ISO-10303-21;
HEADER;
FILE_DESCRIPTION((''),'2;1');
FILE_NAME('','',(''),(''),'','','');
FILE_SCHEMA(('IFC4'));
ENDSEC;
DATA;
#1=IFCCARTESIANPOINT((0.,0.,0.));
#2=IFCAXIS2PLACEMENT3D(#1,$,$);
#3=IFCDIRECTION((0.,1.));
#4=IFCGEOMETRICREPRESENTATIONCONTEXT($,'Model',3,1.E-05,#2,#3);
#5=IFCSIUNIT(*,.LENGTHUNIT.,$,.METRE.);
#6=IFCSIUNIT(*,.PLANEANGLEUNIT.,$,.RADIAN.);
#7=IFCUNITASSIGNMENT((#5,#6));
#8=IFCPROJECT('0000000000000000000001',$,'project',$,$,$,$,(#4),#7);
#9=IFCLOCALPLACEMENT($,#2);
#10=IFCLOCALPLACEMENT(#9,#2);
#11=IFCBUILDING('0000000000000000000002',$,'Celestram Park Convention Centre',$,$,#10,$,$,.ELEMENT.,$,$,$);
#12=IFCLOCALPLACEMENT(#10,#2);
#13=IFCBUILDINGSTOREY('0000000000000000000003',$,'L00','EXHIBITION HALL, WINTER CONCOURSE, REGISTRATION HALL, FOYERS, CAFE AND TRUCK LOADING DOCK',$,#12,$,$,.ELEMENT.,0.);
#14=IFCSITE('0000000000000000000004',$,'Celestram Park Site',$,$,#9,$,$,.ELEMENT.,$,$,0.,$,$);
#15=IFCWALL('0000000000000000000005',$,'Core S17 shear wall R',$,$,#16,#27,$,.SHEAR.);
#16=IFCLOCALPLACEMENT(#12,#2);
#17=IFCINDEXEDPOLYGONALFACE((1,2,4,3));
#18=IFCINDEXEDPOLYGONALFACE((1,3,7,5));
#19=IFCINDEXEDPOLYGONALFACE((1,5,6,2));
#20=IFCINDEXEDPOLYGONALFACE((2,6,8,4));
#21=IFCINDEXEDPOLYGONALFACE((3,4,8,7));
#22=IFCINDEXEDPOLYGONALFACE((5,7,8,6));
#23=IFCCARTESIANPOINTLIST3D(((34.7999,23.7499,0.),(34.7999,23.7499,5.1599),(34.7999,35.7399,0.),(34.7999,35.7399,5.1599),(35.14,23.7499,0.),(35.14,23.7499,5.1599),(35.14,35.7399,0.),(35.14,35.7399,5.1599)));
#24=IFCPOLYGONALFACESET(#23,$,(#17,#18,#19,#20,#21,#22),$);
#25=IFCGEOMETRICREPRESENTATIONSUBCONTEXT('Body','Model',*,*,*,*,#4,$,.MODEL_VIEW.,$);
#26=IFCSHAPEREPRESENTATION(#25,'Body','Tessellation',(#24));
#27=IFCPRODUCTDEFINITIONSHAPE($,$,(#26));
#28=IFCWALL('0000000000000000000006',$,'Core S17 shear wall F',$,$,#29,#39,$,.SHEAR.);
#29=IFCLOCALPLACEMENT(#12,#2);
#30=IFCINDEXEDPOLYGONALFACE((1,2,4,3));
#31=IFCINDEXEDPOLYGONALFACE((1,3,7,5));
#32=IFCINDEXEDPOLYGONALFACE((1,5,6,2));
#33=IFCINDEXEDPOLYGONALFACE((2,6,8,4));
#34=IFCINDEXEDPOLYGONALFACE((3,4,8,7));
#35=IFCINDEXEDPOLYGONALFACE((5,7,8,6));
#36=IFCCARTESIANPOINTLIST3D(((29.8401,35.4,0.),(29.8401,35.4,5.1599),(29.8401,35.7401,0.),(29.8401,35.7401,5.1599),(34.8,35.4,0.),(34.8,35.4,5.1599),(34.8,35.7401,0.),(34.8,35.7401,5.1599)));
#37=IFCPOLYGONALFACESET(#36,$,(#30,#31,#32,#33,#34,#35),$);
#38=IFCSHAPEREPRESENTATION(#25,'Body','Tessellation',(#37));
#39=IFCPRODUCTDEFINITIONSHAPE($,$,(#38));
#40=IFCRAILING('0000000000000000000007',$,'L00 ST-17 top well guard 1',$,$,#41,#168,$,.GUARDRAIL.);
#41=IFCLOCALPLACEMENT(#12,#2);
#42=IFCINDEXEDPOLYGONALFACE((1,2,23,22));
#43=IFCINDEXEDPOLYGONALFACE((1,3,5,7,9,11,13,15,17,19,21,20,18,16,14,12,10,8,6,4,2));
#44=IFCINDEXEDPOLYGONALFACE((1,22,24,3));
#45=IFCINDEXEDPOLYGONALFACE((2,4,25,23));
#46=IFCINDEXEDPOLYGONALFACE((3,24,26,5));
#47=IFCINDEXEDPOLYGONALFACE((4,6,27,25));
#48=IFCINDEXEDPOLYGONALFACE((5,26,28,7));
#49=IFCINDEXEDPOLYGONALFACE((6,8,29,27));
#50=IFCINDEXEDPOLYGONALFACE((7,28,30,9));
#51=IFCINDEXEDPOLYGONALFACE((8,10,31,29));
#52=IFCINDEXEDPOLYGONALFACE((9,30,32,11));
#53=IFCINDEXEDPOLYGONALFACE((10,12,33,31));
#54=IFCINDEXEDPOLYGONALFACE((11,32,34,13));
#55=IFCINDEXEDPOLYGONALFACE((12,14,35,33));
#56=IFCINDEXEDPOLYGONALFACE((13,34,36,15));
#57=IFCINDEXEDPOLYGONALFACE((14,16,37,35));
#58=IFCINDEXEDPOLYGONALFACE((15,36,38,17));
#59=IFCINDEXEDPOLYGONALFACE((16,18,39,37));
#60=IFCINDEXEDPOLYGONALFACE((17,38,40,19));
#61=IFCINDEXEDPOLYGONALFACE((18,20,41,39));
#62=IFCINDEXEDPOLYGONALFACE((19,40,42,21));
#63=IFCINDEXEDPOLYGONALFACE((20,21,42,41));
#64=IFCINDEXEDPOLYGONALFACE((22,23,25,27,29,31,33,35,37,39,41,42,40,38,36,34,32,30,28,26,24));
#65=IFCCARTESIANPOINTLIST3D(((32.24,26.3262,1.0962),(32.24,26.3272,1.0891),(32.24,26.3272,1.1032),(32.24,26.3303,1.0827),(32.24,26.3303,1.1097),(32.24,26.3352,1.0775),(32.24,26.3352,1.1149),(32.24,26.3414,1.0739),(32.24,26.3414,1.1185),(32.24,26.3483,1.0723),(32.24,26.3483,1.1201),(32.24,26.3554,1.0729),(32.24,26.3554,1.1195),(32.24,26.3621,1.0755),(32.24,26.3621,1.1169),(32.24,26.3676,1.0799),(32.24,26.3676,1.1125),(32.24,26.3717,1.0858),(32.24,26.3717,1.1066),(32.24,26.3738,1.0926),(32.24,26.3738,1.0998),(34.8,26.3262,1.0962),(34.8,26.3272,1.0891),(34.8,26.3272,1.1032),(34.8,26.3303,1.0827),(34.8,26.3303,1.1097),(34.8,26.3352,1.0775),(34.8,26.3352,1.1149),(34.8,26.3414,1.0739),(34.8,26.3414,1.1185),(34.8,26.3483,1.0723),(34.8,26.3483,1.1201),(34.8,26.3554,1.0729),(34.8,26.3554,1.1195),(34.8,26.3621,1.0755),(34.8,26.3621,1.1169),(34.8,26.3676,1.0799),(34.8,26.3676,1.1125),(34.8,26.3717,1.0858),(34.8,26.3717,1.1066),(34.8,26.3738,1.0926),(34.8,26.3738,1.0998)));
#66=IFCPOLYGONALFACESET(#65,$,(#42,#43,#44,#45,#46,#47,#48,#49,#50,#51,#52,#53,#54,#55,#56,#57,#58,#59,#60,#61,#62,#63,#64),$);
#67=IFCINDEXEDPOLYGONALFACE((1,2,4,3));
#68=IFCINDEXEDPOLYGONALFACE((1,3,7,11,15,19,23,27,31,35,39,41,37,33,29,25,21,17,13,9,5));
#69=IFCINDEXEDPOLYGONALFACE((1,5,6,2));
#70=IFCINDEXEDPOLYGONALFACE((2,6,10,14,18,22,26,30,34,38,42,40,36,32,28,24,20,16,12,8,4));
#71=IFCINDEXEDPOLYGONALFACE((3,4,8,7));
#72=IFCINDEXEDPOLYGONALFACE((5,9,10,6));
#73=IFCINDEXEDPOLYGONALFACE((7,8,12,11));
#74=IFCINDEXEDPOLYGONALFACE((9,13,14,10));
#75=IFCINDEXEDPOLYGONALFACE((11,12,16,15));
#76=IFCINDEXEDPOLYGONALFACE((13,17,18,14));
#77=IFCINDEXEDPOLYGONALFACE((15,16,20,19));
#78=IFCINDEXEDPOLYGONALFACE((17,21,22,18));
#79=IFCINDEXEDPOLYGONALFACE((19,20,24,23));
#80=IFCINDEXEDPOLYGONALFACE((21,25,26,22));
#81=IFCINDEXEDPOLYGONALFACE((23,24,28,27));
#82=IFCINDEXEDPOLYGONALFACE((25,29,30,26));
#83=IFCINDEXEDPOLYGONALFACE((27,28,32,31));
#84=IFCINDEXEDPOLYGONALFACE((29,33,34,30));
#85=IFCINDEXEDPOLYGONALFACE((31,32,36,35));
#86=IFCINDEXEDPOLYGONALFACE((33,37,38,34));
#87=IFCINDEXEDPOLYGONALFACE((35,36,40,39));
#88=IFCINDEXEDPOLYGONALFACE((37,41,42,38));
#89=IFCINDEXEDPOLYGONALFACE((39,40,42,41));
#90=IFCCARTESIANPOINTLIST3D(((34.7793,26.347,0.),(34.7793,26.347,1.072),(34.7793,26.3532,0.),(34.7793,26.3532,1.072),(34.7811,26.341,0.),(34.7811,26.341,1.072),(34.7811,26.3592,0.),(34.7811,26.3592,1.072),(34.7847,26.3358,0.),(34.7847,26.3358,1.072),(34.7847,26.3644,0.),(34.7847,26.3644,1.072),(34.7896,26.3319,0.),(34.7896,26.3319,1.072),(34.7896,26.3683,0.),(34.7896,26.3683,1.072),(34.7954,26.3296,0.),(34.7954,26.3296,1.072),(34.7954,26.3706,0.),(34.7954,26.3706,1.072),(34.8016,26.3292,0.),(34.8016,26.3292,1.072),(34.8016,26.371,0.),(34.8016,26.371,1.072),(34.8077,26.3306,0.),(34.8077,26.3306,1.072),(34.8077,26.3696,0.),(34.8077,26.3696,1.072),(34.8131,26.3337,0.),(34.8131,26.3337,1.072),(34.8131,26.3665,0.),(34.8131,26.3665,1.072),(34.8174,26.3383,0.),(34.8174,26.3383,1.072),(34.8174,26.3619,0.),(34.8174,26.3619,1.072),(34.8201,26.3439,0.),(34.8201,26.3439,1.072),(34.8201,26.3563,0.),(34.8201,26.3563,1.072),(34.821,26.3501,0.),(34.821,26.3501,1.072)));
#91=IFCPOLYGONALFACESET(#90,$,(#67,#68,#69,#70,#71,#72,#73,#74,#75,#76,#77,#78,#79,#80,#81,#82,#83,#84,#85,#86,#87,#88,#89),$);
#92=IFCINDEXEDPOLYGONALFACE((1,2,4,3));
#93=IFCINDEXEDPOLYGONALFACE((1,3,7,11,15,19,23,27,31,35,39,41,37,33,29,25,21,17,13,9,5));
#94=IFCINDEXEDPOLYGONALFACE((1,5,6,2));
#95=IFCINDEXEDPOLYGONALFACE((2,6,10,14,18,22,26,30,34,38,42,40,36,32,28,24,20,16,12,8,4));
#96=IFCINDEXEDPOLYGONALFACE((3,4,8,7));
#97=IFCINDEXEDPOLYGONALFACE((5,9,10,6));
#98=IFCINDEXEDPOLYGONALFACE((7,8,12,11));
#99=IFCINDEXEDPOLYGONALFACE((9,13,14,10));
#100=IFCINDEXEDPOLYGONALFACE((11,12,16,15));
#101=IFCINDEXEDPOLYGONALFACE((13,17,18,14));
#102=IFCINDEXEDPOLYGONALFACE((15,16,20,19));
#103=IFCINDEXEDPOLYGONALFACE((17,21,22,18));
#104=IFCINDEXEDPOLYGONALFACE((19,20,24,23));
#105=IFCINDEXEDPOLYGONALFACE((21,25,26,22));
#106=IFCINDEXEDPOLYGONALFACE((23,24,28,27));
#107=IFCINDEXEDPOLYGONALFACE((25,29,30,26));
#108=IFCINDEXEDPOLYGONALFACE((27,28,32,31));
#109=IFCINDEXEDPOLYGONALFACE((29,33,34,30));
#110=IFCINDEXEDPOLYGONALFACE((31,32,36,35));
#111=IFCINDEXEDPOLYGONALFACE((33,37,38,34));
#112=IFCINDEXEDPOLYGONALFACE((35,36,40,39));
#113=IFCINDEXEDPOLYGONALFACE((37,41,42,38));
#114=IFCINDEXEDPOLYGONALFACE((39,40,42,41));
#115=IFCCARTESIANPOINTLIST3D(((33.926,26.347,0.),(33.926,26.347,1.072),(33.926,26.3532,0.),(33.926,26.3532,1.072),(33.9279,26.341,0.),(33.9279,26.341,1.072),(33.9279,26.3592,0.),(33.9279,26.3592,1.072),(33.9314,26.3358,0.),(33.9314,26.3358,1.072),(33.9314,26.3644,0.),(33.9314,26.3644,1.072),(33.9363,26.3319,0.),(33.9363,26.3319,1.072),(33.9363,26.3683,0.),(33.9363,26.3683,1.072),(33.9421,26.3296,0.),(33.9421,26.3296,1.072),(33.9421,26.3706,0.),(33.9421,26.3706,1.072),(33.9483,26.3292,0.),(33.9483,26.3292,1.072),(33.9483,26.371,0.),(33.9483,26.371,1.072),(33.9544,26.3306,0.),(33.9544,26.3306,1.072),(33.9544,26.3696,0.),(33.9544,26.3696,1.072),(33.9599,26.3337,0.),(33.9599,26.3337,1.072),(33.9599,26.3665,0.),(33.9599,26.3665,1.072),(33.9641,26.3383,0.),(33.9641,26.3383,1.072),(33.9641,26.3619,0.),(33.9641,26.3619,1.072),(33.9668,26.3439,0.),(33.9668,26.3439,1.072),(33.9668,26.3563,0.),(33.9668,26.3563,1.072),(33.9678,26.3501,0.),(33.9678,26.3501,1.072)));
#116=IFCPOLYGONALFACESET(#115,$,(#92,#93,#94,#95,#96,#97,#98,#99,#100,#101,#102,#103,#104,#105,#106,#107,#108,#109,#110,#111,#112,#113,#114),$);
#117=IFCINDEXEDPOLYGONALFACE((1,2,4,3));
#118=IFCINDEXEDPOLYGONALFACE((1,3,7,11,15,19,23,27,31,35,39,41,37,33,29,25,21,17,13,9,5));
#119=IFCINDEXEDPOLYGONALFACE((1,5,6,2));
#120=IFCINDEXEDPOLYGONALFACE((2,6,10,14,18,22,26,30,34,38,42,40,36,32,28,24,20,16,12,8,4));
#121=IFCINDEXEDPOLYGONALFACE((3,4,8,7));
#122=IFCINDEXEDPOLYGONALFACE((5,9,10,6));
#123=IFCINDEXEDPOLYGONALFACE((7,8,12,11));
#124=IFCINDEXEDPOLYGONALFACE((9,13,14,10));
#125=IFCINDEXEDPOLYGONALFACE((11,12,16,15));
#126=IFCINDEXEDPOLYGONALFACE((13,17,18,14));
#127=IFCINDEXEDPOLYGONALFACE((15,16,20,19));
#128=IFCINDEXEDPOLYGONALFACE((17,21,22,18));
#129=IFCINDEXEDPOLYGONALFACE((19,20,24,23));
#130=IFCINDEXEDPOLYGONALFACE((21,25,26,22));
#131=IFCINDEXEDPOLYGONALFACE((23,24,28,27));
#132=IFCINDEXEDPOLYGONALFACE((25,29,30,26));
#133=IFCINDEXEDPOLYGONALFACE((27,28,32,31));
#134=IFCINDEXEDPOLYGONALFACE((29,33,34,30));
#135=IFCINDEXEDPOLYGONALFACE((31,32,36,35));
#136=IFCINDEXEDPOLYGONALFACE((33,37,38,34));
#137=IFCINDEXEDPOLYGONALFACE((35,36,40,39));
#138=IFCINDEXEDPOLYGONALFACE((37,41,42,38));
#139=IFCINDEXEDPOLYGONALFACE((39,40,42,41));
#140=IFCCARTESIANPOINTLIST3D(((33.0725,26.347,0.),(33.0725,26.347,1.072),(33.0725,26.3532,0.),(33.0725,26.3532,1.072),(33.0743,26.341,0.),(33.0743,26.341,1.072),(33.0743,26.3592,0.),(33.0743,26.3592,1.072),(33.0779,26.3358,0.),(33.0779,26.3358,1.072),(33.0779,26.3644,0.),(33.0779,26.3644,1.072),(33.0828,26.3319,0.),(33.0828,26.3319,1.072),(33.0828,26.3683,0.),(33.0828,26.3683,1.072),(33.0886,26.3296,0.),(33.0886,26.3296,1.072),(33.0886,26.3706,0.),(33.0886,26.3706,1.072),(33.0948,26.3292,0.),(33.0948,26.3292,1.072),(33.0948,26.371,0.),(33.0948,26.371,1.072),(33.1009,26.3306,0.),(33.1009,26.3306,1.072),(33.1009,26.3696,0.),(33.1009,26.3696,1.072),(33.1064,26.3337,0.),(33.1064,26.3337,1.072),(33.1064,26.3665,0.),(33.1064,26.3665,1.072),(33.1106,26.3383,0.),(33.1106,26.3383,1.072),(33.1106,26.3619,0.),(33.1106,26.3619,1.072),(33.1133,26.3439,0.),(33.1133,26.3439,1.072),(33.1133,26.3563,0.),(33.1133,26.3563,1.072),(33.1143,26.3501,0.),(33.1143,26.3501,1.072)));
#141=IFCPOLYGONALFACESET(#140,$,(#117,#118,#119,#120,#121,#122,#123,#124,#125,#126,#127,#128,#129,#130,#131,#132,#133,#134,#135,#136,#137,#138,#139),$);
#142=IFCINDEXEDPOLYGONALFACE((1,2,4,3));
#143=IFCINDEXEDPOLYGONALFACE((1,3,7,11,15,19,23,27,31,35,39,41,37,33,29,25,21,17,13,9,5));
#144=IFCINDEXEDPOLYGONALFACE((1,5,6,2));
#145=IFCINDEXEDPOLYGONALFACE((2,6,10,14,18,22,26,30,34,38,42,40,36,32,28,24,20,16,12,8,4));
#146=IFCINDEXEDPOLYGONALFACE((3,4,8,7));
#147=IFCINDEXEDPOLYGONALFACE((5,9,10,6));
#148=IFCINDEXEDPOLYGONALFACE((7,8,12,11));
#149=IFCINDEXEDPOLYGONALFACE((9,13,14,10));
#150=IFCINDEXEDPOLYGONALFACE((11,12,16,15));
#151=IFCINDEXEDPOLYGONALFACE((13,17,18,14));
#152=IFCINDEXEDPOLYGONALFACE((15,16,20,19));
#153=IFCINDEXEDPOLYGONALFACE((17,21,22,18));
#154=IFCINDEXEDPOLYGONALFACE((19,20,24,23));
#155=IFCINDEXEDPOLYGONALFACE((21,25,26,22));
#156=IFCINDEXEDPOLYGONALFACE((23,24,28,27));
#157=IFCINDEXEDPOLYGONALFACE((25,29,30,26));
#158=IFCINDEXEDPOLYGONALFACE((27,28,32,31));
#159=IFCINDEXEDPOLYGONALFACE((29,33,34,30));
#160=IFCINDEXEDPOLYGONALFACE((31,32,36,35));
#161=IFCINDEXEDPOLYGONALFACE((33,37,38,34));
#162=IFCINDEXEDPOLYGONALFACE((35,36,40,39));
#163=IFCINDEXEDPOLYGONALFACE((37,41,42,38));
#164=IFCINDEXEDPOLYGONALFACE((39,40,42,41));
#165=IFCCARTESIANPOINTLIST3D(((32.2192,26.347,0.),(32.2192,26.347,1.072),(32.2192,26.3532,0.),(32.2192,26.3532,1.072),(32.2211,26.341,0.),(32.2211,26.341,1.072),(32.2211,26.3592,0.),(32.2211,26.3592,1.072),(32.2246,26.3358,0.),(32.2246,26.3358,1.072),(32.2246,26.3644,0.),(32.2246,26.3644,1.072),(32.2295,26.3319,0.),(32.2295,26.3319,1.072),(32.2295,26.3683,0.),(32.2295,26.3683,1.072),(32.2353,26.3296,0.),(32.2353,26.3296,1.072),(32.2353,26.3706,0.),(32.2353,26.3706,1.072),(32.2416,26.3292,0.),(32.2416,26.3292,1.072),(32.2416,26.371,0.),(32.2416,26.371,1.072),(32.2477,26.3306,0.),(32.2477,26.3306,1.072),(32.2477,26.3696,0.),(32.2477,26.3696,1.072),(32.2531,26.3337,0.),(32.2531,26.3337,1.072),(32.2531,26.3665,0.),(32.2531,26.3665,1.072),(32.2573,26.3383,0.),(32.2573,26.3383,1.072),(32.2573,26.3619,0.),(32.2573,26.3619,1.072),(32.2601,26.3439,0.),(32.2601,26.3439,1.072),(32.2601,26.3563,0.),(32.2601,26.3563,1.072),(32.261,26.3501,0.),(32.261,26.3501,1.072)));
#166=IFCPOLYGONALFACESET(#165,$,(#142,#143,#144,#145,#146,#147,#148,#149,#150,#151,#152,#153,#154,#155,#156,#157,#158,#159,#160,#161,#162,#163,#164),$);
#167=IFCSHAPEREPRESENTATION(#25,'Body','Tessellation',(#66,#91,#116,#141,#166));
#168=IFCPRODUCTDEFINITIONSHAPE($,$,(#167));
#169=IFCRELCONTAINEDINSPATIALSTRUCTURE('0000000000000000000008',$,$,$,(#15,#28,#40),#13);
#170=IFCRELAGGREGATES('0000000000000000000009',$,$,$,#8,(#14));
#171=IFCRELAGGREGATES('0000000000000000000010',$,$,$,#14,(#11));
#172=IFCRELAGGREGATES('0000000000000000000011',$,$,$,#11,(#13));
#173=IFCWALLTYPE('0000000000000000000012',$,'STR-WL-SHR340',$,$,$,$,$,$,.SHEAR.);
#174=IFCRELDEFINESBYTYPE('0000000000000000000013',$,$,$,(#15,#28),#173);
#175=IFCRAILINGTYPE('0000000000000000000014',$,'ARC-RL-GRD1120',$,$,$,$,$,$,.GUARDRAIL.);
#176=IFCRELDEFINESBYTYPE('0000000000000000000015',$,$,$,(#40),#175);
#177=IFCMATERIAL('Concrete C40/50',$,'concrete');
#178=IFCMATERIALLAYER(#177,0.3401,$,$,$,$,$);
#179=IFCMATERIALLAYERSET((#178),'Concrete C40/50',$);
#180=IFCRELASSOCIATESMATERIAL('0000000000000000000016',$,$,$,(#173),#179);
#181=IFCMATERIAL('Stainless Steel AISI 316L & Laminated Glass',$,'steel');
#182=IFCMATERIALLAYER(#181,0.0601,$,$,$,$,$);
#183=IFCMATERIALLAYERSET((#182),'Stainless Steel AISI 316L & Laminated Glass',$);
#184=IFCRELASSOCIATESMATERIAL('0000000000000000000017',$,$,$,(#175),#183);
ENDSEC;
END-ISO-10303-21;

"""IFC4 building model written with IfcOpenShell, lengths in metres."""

from ifc_helpers import new_model, si_unit, direction, frame, frame_2d, origin, origin_2d, place, context, subcontext, project, spatial, rectangle, circle, extrude, material, layer, layer_set, type_object, element, save


model = new_model("IFC4")

# Units and contexts
model_context = context("Model", 3, precision=1e-05, world=origin(), true_north=direction((0.0, 1.0)))
body_context = subcontext(model_context, "Body", "Model", "MODEL_VIEW")
ifc_project = project(units=[si_unit("LENGTHUNIT", "METRE"), si_unit("PLANEANGLEUNIT", "RADIAN")], contexts=[model_context])

# Site, building, storey
site_placement = place(None, origin())
site = spatial("IfcSite", under=ifc_project, at=site_placement, Name="Celestram Park Site", CompositionType="ELEMENT", RefElevation=0.0)
building_placement = place(site_placement, origin())
building = spatial("IfcBuilding", under=site, at=building_placement, Name="Celestram Park Convention Centre", CompositionType="ELEMENT")
storey_placement = place(building_placement, origin())
storey = spatial("IfcBuildingStorey", under=building, at=storey_placement, Name="L00", Description="EXHIBITION HALL, WINTER CONCOURSE, REGISTRATION HALL, FOYERS, CAFE AND TRUCK LOADING DOCK", CompositionType="ELEMENT", Elevation=0.0)

# Shared definitions
ifc_material_1 = material(Name="Concrete C40/50", Category="concrete")

# Walls
ifc_layer_1 = layer(ifc_material_1, 0.3401)
ifc_layer_set_1 = layer_set([ifc_layer_1], Name="Concrete C40/50")
wall_type_1 = type_object("IfcWallType", Name="STR-WL-SHR340", PredefinedType="SHEAR", material=ifc_layer_set_1)
for number, where, z_axis, x_axis, name in (
    (1, (34.97, 35.74, 0.0), (0.0, 0.0, 1.0), (0.0, -1.0, 0.0), "Core S17 shear wall R"),
):
    element("IfcWall", number, at=place(storey_placement, frame(where, z_axis=z_axis, x_axis=x_axis)), inside=storey, type_object=wall_type_1, Name=name, PredefinedType="SHEAR", context=body_context, shape_type="SweptSolid", body=[
        extrude(rectangle(XDim=11.99, YDim=0.3401, at=frame_2d((5.9951, 0.0))), origin(), (0.0, 0.0, 1.0), 5.1599),
    ])
wall_1_placement = place(storey_placement, frame((29.8401, 35.5701, 0.0), z_axis=(0.0, 0.0, 1.0), x_axis=(1.0, 0.0, 0.0)))
element("IfcWall", 2, at=wall_1_placement, inside=storey, type_object=wall_type_1, Name="Core S17 shear wall F", PredefinedType="SHEAR", context=body_context, shape_type="SweptSolid", body=[
    extrude(rectangle(XDim=4.96, YDim=0.3401, at=frame_2d((2.48, 0.0))), origin(), (0.0, 0.0, 1.0), 5.1599),
])

# Railing
ifc_material_2 = material(Name="Stainless Steel AISI 316L & Laminated Glass", Category="steel")
ifc_layer_2 = layer(ifc_material_2, 0.0601)
ifc_layer_set_2 = layer_set([ifc_layer_2], Name="Stainless Steel AISI 316L & Laminated Glass")
railing_type = type_object("IfcRailingType", Name="ARC-RL-GRD1120", PredefinedType="GUARDRAIL", material=ifc_layer_set_2)
railing_placement = place(storey_placement, frame((34.8, 26.3501, 0.0)))
element("IfcRailing", 3, at=railing_placement, inside=storey, type_object=railing_type, Name="L00 ST-17 top well guard 1", PredefinedType="GUARDRAIL", context=body_context, shape_type="SweptSolid", body=[
    extrude(circle(Radius=0.0239, at=origin_2d()), frame((0.0, 0.0, 1.0962), z_axis=(-1.0, 0.0, 0.0), x_axis=(0.0, -1.0, 0.0)), (0.0, 0.0, 1.0), 2.5601),
    extrude(circle(Radius=0.021, at=origin_2d()), origin(), (0.0, 0.0, 1.0), 1.072),
    extrude(circle(Radius=0.021, at=origin_2d()), frame((-0.8533, 0.0, 0.0)), (0.0, 0.0, 1.0), 1.072),
    extrude(circle(Radius=0.021, at=origin_2d()), frame((-1.7068, 0.0, 0.0)), (0.0, 0.0, 1.0), 1.072),
    extrude(circle(Radius=0.021, at=origin_2d()), frame((-2.5601, 0.0, 0.0)), (0.0, 0.0, 1.0), 1.072),
])

save(model, "model.ifc")
